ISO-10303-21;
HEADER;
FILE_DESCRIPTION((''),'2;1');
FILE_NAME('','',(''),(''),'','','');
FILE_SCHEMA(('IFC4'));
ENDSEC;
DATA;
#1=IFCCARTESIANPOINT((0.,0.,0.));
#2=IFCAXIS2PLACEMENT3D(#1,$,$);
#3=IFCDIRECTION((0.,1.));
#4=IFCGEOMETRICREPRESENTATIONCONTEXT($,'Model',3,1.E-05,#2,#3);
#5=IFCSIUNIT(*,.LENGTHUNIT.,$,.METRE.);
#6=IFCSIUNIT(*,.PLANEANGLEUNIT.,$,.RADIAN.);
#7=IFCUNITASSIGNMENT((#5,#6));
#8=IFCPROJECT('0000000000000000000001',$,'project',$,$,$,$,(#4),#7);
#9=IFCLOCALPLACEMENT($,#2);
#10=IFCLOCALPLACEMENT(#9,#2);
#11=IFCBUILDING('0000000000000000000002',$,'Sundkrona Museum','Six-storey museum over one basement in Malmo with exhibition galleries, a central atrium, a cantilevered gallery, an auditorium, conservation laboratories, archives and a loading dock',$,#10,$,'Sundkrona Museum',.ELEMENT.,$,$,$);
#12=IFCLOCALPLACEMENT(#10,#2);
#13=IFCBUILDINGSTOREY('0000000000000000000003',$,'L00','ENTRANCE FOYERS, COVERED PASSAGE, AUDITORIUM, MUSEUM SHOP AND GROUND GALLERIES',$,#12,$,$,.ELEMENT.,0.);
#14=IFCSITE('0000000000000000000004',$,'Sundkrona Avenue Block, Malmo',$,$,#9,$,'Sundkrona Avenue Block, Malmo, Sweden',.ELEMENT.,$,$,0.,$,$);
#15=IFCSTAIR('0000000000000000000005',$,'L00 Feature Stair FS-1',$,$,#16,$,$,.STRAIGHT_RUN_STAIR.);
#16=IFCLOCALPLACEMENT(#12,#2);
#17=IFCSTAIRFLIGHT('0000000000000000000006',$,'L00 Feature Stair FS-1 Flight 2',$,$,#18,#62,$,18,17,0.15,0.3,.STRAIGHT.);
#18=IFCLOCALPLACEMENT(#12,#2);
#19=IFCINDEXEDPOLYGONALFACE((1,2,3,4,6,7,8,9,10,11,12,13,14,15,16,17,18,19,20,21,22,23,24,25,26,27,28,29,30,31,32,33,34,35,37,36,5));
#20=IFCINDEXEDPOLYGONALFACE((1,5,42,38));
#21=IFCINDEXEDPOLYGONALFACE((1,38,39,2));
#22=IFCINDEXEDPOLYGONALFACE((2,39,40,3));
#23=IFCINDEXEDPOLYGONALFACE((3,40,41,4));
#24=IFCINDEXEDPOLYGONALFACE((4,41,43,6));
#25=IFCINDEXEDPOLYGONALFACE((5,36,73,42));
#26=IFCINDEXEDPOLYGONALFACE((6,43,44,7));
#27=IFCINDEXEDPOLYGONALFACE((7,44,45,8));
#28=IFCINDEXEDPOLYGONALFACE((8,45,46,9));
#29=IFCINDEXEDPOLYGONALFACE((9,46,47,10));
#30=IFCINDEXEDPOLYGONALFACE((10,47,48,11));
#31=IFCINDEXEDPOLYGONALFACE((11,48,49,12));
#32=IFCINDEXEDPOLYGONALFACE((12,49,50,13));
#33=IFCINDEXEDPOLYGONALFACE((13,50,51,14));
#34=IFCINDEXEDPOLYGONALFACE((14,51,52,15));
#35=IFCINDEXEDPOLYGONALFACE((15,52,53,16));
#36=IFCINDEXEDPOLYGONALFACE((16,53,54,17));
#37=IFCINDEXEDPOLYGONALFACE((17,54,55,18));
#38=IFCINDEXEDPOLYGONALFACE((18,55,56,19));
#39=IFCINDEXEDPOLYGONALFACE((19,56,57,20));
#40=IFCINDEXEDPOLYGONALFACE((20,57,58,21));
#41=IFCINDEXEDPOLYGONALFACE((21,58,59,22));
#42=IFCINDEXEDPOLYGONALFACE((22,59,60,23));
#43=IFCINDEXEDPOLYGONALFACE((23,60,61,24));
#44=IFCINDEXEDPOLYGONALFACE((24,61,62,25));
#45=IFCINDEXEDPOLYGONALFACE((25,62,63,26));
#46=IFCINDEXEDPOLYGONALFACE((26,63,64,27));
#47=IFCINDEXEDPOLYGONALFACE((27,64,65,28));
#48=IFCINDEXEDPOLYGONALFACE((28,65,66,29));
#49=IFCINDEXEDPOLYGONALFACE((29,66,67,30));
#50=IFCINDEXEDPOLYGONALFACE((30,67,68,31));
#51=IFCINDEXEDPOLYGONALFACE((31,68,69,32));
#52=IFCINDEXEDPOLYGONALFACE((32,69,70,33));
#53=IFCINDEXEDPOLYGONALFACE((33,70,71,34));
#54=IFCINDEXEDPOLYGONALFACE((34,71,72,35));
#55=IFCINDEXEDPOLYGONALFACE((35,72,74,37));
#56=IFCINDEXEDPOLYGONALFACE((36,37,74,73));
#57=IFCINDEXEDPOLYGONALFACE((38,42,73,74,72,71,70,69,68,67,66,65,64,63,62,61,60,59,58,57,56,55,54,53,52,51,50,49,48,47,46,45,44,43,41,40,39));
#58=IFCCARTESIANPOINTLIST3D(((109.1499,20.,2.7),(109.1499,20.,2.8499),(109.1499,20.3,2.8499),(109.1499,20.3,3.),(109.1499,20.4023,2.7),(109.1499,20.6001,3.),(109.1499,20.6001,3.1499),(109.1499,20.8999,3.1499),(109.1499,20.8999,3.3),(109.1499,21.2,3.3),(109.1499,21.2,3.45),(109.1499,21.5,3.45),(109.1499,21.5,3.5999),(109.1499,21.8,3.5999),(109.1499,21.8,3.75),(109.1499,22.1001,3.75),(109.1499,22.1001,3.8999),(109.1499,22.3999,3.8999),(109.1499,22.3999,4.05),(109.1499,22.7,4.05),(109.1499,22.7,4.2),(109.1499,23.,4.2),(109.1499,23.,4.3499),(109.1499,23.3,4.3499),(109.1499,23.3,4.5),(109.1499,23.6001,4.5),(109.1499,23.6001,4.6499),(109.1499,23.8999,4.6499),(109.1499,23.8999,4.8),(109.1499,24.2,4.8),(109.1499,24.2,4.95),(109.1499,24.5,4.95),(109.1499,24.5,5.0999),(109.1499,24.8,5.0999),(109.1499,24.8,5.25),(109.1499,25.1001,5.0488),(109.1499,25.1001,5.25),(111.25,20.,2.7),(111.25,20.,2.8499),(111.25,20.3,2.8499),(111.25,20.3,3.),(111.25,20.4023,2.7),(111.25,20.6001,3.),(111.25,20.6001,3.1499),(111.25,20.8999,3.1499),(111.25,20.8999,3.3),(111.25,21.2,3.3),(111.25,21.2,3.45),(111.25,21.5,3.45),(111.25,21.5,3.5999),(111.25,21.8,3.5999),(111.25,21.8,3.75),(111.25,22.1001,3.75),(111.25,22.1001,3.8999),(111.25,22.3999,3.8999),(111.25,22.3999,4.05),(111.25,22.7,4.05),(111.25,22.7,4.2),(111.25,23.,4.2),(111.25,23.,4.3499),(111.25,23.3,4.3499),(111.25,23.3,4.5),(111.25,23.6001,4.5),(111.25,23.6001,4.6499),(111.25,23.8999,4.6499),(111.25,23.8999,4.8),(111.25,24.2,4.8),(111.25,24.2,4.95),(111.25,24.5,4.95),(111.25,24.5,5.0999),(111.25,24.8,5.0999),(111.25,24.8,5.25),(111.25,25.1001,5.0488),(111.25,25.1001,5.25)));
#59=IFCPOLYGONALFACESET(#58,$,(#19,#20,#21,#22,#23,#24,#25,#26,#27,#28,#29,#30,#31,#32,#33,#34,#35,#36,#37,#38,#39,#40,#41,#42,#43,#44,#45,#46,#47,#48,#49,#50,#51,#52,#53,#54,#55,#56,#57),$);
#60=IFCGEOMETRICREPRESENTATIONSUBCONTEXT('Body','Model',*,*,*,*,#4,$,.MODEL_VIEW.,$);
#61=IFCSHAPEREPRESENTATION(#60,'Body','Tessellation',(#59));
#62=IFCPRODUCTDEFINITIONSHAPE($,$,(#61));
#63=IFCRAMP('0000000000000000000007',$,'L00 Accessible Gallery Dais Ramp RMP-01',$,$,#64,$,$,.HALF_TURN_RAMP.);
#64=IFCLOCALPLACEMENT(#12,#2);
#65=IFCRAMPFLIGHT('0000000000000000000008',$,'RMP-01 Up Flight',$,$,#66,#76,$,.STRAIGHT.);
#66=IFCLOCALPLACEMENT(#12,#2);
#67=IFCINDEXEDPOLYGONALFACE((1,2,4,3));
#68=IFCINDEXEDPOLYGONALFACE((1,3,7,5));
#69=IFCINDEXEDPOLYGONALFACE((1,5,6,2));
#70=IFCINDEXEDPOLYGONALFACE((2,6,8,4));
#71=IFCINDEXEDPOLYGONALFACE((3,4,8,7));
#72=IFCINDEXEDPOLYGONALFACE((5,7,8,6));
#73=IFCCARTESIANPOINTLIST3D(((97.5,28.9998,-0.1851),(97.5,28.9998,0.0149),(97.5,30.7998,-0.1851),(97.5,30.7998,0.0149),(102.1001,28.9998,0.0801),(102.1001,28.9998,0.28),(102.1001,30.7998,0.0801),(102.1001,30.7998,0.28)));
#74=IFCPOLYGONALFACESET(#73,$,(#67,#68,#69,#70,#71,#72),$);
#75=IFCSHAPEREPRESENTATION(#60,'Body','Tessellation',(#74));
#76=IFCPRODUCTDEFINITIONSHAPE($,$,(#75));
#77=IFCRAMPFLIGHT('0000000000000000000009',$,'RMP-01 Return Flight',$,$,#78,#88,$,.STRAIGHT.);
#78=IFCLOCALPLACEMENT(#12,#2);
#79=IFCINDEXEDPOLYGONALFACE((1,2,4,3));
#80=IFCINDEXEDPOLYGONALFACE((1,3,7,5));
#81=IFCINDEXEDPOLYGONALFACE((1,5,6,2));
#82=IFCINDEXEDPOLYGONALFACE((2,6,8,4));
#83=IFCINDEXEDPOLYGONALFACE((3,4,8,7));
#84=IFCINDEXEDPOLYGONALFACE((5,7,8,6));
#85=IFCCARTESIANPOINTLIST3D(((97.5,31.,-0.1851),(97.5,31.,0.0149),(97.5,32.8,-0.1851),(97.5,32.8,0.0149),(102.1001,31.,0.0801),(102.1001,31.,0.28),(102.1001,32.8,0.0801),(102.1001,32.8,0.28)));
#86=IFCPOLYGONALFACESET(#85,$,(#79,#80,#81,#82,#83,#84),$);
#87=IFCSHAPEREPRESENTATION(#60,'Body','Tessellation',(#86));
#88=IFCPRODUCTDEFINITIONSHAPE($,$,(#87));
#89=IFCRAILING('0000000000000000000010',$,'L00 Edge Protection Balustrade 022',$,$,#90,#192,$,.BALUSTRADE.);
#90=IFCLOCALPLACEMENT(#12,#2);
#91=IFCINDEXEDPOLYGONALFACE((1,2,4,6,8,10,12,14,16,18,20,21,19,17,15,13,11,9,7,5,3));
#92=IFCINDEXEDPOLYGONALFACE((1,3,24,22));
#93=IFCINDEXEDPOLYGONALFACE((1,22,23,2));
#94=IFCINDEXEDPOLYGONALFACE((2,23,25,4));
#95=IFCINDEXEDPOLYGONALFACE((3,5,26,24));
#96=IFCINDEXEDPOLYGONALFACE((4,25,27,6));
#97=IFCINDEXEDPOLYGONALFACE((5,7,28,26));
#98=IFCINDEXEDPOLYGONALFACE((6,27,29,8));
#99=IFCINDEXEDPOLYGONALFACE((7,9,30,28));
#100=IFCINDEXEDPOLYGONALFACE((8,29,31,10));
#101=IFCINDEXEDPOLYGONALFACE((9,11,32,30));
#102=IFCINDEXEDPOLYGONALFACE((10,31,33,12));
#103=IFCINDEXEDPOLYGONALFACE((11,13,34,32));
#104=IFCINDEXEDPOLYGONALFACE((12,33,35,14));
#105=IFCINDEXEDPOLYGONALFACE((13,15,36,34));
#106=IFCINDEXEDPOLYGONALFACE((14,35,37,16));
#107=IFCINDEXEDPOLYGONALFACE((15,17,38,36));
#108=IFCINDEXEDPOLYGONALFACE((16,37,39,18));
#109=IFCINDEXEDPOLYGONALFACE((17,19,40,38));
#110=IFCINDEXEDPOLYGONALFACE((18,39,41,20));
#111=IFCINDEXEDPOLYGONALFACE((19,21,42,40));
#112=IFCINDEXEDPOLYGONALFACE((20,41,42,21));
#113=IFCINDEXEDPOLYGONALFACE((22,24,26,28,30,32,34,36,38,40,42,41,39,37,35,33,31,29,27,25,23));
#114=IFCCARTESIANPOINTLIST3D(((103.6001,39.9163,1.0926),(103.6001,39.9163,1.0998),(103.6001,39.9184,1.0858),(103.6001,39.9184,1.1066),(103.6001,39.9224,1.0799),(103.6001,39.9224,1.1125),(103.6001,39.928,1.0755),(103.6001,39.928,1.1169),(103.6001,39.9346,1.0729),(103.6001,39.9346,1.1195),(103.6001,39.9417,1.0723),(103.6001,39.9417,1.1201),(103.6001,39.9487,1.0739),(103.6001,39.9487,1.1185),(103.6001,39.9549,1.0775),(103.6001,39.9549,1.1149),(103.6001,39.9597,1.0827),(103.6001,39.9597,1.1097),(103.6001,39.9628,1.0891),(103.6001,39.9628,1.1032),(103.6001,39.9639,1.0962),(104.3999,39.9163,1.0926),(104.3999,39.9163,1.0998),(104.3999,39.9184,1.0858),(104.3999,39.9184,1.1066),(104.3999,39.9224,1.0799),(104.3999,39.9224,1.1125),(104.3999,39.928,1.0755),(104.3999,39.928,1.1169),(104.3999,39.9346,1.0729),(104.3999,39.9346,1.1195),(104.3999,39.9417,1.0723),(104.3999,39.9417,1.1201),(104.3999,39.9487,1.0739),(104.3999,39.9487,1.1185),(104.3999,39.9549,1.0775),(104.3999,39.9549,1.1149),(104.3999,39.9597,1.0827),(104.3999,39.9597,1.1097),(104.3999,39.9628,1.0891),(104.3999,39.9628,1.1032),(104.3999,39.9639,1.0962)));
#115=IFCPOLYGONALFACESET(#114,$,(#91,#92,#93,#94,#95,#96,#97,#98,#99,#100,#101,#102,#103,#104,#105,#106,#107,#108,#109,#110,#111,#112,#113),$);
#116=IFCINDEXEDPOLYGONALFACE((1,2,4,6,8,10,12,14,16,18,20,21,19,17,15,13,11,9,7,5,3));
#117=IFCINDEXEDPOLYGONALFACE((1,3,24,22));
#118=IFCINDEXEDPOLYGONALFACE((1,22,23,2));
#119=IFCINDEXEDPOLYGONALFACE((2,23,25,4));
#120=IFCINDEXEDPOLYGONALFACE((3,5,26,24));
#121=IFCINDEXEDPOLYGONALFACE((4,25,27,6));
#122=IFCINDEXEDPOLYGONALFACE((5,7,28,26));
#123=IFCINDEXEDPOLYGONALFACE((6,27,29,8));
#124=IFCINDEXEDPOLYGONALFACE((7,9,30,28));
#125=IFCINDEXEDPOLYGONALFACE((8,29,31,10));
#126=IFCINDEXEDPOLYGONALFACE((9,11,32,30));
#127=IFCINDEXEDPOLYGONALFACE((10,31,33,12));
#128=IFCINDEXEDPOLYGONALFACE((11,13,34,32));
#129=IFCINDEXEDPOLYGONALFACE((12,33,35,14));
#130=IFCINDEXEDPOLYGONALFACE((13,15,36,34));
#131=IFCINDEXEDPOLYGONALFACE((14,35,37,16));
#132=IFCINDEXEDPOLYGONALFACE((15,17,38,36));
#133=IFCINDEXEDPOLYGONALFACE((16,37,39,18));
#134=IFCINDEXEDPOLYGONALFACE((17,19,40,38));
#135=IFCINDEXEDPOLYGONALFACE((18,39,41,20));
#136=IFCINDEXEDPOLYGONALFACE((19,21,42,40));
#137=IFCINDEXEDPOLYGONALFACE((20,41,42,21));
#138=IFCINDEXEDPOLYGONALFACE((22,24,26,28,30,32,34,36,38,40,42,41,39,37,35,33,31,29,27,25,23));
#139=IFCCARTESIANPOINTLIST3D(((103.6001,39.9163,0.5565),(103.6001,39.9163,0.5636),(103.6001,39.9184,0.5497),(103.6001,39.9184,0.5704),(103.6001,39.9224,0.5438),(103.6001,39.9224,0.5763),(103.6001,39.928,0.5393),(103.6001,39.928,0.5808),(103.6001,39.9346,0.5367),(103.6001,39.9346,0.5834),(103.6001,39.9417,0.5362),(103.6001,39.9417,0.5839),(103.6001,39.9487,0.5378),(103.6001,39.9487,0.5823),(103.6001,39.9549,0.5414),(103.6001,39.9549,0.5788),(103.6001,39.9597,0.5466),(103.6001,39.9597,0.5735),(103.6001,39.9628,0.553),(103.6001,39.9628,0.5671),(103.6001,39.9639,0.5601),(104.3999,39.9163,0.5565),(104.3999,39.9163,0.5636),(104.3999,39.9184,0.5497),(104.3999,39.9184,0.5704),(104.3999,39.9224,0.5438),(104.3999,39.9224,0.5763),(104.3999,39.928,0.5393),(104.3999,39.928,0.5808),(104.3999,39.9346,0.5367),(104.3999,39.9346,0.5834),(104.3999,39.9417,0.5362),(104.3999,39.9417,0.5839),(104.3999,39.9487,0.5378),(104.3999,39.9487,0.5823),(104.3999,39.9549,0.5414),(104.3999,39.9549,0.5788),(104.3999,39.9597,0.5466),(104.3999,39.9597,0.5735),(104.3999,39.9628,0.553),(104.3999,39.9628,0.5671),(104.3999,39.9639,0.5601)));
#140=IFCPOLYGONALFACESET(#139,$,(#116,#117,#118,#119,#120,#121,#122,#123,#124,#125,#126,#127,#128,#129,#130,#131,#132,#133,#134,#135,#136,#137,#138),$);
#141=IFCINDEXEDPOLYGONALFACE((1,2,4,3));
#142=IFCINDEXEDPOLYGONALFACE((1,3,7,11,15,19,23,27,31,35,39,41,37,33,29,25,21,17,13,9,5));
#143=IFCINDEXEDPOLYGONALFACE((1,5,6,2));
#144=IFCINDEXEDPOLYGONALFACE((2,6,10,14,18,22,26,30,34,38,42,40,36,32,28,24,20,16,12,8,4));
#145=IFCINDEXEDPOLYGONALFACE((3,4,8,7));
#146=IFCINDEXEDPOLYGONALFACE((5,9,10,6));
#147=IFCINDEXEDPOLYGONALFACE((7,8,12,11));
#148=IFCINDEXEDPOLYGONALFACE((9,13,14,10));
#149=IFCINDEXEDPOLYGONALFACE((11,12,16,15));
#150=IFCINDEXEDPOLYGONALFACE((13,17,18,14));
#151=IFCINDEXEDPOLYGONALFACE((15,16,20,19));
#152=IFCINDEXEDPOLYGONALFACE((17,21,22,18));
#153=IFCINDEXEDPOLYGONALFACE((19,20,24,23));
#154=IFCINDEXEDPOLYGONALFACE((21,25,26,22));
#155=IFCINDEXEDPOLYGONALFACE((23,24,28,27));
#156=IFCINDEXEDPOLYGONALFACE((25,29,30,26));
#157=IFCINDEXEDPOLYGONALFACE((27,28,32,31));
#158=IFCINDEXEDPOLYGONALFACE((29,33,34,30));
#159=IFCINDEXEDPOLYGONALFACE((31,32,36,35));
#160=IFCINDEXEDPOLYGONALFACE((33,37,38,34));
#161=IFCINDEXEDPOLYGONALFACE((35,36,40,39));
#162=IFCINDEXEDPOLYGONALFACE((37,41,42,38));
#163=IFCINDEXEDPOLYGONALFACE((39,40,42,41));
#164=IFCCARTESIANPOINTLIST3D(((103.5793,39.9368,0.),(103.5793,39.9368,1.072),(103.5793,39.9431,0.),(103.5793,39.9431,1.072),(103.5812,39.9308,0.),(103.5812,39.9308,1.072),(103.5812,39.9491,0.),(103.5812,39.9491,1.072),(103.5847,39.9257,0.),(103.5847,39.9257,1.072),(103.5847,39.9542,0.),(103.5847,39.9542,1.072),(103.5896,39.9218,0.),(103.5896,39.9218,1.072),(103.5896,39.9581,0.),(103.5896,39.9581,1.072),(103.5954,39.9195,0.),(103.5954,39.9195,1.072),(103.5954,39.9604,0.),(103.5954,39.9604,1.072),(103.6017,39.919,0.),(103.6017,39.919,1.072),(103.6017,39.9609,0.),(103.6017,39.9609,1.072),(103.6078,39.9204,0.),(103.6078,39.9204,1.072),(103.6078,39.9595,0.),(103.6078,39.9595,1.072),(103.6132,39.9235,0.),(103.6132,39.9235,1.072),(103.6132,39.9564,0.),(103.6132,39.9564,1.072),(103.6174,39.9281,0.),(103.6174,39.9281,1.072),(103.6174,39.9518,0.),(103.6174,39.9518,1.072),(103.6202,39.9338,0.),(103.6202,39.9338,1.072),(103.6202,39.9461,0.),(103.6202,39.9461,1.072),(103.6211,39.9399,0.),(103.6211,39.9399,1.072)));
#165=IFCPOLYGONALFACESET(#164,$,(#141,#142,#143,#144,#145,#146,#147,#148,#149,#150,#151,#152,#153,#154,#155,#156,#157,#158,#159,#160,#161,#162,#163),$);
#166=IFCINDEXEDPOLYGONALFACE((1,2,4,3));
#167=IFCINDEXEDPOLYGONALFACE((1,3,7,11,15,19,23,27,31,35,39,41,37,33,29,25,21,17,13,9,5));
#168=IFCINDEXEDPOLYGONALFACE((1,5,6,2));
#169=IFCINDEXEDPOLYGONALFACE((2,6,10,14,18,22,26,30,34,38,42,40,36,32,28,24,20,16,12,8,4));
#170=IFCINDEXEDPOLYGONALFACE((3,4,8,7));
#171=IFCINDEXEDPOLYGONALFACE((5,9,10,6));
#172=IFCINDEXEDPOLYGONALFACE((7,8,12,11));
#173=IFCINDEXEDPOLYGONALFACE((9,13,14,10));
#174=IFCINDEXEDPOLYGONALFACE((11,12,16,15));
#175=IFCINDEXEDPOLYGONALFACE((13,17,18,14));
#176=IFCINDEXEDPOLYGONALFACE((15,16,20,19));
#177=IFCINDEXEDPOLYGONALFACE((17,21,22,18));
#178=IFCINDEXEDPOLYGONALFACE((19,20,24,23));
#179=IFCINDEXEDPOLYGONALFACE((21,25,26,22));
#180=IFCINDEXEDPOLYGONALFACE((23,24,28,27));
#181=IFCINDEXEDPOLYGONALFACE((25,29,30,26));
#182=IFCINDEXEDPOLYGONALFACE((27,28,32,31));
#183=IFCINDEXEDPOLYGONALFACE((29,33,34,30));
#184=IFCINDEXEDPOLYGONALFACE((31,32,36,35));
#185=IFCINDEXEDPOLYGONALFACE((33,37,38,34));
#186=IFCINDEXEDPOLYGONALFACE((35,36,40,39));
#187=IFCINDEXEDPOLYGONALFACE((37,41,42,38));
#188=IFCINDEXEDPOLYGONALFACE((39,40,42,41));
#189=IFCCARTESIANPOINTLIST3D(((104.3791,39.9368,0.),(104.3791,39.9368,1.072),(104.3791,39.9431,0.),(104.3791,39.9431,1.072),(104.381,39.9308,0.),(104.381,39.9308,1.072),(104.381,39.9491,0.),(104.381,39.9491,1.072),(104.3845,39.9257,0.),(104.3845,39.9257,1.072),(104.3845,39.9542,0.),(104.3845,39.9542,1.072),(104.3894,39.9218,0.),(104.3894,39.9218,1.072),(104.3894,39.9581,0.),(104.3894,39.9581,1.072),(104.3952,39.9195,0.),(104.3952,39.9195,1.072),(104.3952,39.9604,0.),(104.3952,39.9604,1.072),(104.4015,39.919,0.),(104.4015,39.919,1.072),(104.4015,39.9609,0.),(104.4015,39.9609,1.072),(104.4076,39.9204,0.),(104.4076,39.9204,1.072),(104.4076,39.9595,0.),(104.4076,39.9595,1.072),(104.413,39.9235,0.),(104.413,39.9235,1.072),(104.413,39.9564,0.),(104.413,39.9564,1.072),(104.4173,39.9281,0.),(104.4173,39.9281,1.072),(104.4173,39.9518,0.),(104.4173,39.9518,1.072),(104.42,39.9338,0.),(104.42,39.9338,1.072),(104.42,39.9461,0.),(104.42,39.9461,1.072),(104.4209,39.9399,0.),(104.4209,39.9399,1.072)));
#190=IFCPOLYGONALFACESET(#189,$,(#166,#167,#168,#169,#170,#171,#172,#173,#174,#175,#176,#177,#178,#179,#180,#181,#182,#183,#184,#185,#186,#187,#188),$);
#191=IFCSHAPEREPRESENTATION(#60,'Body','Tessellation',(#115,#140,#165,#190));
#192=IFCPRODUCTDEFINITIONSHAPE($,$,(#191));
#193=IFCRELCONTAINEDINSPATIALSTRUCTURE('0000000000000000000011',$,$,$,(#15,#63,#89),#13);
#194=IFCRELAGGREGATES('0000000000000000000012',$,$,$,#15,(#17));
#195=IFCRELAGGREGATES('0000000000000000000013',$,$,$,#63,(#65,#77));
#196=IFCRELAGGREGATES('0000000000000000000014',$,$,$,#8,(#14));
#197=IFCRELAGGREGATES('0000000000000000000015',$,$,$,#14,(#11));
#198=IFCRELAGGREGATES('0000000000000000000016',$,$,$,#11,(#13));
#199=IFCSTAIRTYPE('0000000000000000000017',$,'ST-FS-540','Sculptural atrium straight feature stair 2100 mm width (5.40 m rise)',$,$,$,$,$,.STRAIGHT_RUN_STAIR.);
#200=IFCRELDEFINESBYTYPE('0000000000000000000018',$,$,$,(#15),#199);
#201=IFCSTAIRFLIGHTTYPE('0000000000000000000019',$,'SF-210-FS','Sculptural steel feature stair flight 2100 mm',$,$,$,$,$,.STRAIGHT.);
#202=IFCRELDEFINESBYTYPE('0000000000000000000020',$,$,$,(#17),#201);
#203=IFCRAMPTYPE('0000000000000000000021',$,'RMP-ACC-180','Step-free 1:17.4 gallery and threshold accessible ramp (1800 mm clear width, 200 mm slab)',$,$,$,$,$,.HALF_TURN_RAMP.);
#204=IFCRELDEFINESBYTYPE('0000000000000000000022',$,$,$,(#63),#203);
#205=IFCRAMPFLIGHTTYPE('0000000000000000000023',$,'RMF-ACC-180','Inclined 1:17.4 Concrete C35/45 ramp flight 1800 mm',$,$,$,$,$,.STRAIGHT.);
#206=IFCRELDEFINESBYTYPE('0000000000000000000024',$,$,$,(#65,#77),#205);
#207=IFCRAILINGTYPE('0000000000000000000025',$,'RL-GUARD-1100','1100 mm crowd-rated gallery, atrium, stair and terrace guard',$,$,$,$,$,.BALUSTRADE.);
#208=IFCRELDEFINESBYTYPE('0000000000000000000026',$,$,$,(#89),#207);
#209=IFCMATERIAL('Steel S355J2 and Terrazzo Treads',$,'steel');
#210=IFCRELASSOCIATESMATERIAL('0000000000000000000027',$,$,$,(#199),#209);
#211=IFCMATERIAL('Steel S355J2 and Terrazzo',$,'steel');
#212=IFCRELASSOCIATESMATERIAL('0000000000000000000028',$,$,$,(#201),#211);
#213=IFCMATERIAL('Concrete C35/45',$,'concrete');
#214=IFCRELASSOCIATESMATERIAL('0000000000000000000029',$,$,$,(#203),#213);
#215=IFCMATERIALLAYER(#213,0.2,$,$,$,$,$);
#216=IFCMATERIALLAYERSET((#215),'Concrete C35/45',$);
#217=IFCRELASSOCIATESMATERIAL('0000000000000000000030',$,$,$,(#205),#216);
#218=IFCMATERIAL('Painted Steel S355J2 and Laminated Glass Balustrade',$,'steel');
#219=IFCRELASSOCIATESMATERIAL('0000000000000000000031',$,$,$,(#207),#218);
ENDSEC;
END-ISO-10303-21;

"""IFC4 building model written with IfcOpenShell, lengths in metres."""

from ifc_helpers import new_model, si_unit, direction, frame, origin, origin_2d, place, context, subcontext, project, spatial, polyline, circle, outline, extrude, material, layer, layer_set, type_object, element, aggregate, save


model = new_model("IFC4")

# Units and contexts
model_context = context("Model", 3, precision=1e-05, world=origin(), true_north=direction((0.0, 1.0)))
body_context = subcontext(model_context, "Body", "Model", "MODEL_VIEW")
ifc_project = project(units=[si_unit("LENGTHUNIT", "METRE"), si_unit("PLANEANGLEUNIT", "RADIAN")], contexts=[model_context])

# Site, building, storey
site_placement = place(None, origin())
site = spatial("IfcSite", under=ifc_project, at=site_placement, Name="Sundkrona Avenue Block, Malmo", LongName="Sundkrona Avenue Block, Malmo, Sweden", CompositionType="ELEMENT", RefElevation=0.0)
building_placement = place(site_placement, origin())
building = spatial("IfcBuilding", under=site, at=building_placement, Name="Sundkrona Museum", Description="Six-storey museum over one basement in Malmo with exhibition galleries, a central atrium, a cantilevered gallery, an auditorium, conservation laboratories, archives and a loading dock", LongName="Sundkrona Museum", CompositionType="ELEMENT")
storey_placement = place(building_placement, origin())
storey = spatial("IfcBuildingStorey", under=building, at=storey_placement, Name="L00", Description="ENTRANCE FOYERS, COVERED PASSAGE, AUDITORIUM, MUSEUM SHOP AND GROUND GALLERIES", CompositionType="ELEMENT", Elevation=0.0)

# Stair, stair flight
ifc_material_1 = material(Name="Steel S355J2 and Terrazzo Treads", Category="steel")
stair_type = type_object("IfcStairType", Name="ST-FS-540", Description="Sculptural atrium straight feature stair 2100 mm width (5.40 m rise)", PredefinedType="STRAIGHT_RUN_STAIR", material=ifc_material_1)
stair_placement = place(storey_placement, origin())
stair = element("IfcStair", 1, at=stair_placement, inside=storey, type_object=stair_type, Name="L00 Feature Stair FS-1", PredefinedType="STRAIGHT_RUN_STAIR")
ifc_material_2 = material(Name="Steel S355J2 and Terrazzo", Category="steel")
stair_flight_type = type_object("IfcStairFlightType", Name="SF-210-FS", Description="Sculptural steel feature stair flight 2100 mm", PredefinedType="STRAIGHT", material=ifc_material_2)
stair_flight_placement = place(storey_placement, frame((110.2, 20.0, 2.7), z_axis=(0.0, 0.0, 1.0), x_axis=(0.0, 1.0, 0.0)))
stair_flight = element("IfcStairFlight", 2, at=stair_flight_placement, type_object=stair_flight_type, Name="L00 Feature Stair FS-1 Flight 2", NumberOfRisers=18, NumberOfTreads=17, PredefinedType="STRAIGHT", RiserHeight=0.15, TreadLength=0.3, context=body_context, shape_type="SweptSolid", body=[
    extrude(outline(polyline([(0.0, 0.0), (0.0, 0.1499), (0.3, 0.1499), (0.3, 0.3), (0.6001, 0.3), (0.6001, 0.45), (0.8999, 0.45), (0.8999, 0.6001), (1.2, 0.6001), (1.2, 0.75), (1.5, 0.75), (1.5, 0.8999), (1.8, 0.8999), (1.8, 1.05), (2.1001, 1.05), (2.1001, 1.2), (2.3999, 1.2), (2.3999, 1.3501), (2.7, 1.3501), (2.7, 1.5), (3.0, 1.5), (3.0, 1.6499), (3.3, 1.6499), (3.3, 1.8), (3.6001, 1.8), (3.6001, 1.95), (3.8999, 1.95), (3.8999, 2.1001), (4.2, 2.1001), (4.2, 2.25), (4.5, 2.25), (4.5, 2.3999), (4.8, 2.3999), (4.8, 2.55), (5.1001, 2.55), (5.1001, 2.7), (5.1001, 2.3489), (0.4023, 0.0), (0.0, 0.0)])), frame((0.0, 1.05, 0.0), z_axis=(0.0, -1.0, 0.0), x_axis=(1.0, 0.0, 0.0)), (0.0, 0.0, 1.0), 2.1001),
])
aggregate(stair, [stair_flight])

# Ramp, ramp flights
ifc_material_3 = material(Name="Concrete C35/45", Category="concrete")
ramp_type = type_object("IfcRampType", Name="RMP-ACC-180", Description="Step-free 1:17.4 gallery and threshold accessible ramp (1800 mm clear width, 200 mm slab)", PredefinedType="HALF_TURN_RAMP", material=ifc_material_3)
ramp_placement = place(storey_placement, origin())
ramp = element("IfcRamp", 3, at=ramp_placement, inside=storey, type_object=ramp_type, Name="L00 Accessible Gallery Dais Ramp RMP-01", PredefinedType="HALF_TURN_RAMP")
ifc_layer_1 = layer(ifc_material_3, 0.2)
ifc_layer_set_1 = layer_set([ifc_layer_1], Name="Concrete C35/45")
ramp_flight_type = type_object("IfcRampFlightType", Name="RMF-ACC-180", Description="Inclined 1:17.4 Concrete C35/45 ramp flight 1800 mm", PredefinedType="STRAIGHT", material=ifc_layer_set_1)
ramp_flight_1_placement = place(storey_placement, frame((97.5, 29.8999, 0.0149), z_axis=(0.0, 0.0, 1.0), x_axis=(1.0, 0.0, 0.0)))
ramp_flight_1 = element("IfcRampFlight", 4, at=ramp_flight_1_placement, type_object=ramp_flight_type, Name="RMP-01 Up Flight", PredefinedType="STRAIGHT", context=body_context, shape_type="SweptSolid", body=[
    extrude(outline(polyline([(0.0, -0.2), (4.6001, 0.0652), (4.6001, 0.2651), (0.0, 0.0), (0.0, -0.2)])), frame((0.0, 0.8999, 0.0), z_axis=(0.0, -1.0, 0.0), x_axis=(1.0, 0.0, 0.0)), (0.0, 0.0, 1.0), 1.8),
])
ramp_flight_2_placement = place(storey_placement, frame((102.1001, 31.8999, 0.28), z_axis=(0.0, 0.0, 1.0), x_axis=(-1.0, 0.0, 0.0)))
ramp_flight_2 = element("IfcRampFlight", 5, at=ramp_flight_2_placement, type_object=ramp_flight_type, Name="RMP-01 Return Flight", PredefinedType="STRAIGHT", context=body_context, shape_type="SweptSolid", body=[
    extrude(outline(polyline([(0.0, -0.2), (4.6001, -0.4651), (4.6001, -0.2651), (0.0, 0.0), (0.0, -0.2)])), frame((0.0, 0.8999, 0.0), z_axis=(0.0, -1.0, 0.0), x_axis=(1.0, 0.0, 0.0)), (0.0, 0.0, 1.0), 1.8),
])
aggregate(ramp, [ramp_flight_1, ramp_flight_2])

# Railing
ifc_material_4 = material(Name="Painted Steel S355J2 and Laminated Glass Balustrade", Category="steel")
railing_type_1 = type_object("IfcRailingType", Name="RL-GUARD-1100", Description="1100 mm crowd-rated gallery, atrium, stair and terrace guard", PredefinedType="BALUSTRADE", material=ifc_material_4)
railing_1_placement = place(storey_placement, frame((103.6001, 39.9399, 0.0)))
element("IfcRailing", 6, at=railing_1_placement, inside=storey, type_object=railing_type_1, Name="L00 Edge Protection Balustrade 022", PredefinedType="BALUSTRADE", context=body_context, shape_type="SweptSolid", body=[
    extrude(circle(Radius=0.0239, at=origin_2d()), frame((0.0, 0.0, 1.0962), z_axis=(1.0, 0.0, 0.0), x_axis=(0.0, 1.0, 0.0)), (0.0, 0.0, 1.0), 0.7998),
    extrude(circle(Radius=0.0239, at=origin_2d()), frame((0.0, 0.0, 0.5601), z_axis=(1.0, 0.0, 0.0), x_axis=(0.0, 1.0, 0.0)), (0.0, 0.0, 1.0), 0.7998),
    extrude(circle(Radius=0.021, at=origin_2d()), origin(), (0.0, 0.0, 1.0), 1.072),
    extrude(circle(Radius=0.021, at=origin_2d()), frame((0.7998, 0.0, 0.0)), (0.0, 0.0, 1.0), 1.072),
])

save(model, "model.ifc")
